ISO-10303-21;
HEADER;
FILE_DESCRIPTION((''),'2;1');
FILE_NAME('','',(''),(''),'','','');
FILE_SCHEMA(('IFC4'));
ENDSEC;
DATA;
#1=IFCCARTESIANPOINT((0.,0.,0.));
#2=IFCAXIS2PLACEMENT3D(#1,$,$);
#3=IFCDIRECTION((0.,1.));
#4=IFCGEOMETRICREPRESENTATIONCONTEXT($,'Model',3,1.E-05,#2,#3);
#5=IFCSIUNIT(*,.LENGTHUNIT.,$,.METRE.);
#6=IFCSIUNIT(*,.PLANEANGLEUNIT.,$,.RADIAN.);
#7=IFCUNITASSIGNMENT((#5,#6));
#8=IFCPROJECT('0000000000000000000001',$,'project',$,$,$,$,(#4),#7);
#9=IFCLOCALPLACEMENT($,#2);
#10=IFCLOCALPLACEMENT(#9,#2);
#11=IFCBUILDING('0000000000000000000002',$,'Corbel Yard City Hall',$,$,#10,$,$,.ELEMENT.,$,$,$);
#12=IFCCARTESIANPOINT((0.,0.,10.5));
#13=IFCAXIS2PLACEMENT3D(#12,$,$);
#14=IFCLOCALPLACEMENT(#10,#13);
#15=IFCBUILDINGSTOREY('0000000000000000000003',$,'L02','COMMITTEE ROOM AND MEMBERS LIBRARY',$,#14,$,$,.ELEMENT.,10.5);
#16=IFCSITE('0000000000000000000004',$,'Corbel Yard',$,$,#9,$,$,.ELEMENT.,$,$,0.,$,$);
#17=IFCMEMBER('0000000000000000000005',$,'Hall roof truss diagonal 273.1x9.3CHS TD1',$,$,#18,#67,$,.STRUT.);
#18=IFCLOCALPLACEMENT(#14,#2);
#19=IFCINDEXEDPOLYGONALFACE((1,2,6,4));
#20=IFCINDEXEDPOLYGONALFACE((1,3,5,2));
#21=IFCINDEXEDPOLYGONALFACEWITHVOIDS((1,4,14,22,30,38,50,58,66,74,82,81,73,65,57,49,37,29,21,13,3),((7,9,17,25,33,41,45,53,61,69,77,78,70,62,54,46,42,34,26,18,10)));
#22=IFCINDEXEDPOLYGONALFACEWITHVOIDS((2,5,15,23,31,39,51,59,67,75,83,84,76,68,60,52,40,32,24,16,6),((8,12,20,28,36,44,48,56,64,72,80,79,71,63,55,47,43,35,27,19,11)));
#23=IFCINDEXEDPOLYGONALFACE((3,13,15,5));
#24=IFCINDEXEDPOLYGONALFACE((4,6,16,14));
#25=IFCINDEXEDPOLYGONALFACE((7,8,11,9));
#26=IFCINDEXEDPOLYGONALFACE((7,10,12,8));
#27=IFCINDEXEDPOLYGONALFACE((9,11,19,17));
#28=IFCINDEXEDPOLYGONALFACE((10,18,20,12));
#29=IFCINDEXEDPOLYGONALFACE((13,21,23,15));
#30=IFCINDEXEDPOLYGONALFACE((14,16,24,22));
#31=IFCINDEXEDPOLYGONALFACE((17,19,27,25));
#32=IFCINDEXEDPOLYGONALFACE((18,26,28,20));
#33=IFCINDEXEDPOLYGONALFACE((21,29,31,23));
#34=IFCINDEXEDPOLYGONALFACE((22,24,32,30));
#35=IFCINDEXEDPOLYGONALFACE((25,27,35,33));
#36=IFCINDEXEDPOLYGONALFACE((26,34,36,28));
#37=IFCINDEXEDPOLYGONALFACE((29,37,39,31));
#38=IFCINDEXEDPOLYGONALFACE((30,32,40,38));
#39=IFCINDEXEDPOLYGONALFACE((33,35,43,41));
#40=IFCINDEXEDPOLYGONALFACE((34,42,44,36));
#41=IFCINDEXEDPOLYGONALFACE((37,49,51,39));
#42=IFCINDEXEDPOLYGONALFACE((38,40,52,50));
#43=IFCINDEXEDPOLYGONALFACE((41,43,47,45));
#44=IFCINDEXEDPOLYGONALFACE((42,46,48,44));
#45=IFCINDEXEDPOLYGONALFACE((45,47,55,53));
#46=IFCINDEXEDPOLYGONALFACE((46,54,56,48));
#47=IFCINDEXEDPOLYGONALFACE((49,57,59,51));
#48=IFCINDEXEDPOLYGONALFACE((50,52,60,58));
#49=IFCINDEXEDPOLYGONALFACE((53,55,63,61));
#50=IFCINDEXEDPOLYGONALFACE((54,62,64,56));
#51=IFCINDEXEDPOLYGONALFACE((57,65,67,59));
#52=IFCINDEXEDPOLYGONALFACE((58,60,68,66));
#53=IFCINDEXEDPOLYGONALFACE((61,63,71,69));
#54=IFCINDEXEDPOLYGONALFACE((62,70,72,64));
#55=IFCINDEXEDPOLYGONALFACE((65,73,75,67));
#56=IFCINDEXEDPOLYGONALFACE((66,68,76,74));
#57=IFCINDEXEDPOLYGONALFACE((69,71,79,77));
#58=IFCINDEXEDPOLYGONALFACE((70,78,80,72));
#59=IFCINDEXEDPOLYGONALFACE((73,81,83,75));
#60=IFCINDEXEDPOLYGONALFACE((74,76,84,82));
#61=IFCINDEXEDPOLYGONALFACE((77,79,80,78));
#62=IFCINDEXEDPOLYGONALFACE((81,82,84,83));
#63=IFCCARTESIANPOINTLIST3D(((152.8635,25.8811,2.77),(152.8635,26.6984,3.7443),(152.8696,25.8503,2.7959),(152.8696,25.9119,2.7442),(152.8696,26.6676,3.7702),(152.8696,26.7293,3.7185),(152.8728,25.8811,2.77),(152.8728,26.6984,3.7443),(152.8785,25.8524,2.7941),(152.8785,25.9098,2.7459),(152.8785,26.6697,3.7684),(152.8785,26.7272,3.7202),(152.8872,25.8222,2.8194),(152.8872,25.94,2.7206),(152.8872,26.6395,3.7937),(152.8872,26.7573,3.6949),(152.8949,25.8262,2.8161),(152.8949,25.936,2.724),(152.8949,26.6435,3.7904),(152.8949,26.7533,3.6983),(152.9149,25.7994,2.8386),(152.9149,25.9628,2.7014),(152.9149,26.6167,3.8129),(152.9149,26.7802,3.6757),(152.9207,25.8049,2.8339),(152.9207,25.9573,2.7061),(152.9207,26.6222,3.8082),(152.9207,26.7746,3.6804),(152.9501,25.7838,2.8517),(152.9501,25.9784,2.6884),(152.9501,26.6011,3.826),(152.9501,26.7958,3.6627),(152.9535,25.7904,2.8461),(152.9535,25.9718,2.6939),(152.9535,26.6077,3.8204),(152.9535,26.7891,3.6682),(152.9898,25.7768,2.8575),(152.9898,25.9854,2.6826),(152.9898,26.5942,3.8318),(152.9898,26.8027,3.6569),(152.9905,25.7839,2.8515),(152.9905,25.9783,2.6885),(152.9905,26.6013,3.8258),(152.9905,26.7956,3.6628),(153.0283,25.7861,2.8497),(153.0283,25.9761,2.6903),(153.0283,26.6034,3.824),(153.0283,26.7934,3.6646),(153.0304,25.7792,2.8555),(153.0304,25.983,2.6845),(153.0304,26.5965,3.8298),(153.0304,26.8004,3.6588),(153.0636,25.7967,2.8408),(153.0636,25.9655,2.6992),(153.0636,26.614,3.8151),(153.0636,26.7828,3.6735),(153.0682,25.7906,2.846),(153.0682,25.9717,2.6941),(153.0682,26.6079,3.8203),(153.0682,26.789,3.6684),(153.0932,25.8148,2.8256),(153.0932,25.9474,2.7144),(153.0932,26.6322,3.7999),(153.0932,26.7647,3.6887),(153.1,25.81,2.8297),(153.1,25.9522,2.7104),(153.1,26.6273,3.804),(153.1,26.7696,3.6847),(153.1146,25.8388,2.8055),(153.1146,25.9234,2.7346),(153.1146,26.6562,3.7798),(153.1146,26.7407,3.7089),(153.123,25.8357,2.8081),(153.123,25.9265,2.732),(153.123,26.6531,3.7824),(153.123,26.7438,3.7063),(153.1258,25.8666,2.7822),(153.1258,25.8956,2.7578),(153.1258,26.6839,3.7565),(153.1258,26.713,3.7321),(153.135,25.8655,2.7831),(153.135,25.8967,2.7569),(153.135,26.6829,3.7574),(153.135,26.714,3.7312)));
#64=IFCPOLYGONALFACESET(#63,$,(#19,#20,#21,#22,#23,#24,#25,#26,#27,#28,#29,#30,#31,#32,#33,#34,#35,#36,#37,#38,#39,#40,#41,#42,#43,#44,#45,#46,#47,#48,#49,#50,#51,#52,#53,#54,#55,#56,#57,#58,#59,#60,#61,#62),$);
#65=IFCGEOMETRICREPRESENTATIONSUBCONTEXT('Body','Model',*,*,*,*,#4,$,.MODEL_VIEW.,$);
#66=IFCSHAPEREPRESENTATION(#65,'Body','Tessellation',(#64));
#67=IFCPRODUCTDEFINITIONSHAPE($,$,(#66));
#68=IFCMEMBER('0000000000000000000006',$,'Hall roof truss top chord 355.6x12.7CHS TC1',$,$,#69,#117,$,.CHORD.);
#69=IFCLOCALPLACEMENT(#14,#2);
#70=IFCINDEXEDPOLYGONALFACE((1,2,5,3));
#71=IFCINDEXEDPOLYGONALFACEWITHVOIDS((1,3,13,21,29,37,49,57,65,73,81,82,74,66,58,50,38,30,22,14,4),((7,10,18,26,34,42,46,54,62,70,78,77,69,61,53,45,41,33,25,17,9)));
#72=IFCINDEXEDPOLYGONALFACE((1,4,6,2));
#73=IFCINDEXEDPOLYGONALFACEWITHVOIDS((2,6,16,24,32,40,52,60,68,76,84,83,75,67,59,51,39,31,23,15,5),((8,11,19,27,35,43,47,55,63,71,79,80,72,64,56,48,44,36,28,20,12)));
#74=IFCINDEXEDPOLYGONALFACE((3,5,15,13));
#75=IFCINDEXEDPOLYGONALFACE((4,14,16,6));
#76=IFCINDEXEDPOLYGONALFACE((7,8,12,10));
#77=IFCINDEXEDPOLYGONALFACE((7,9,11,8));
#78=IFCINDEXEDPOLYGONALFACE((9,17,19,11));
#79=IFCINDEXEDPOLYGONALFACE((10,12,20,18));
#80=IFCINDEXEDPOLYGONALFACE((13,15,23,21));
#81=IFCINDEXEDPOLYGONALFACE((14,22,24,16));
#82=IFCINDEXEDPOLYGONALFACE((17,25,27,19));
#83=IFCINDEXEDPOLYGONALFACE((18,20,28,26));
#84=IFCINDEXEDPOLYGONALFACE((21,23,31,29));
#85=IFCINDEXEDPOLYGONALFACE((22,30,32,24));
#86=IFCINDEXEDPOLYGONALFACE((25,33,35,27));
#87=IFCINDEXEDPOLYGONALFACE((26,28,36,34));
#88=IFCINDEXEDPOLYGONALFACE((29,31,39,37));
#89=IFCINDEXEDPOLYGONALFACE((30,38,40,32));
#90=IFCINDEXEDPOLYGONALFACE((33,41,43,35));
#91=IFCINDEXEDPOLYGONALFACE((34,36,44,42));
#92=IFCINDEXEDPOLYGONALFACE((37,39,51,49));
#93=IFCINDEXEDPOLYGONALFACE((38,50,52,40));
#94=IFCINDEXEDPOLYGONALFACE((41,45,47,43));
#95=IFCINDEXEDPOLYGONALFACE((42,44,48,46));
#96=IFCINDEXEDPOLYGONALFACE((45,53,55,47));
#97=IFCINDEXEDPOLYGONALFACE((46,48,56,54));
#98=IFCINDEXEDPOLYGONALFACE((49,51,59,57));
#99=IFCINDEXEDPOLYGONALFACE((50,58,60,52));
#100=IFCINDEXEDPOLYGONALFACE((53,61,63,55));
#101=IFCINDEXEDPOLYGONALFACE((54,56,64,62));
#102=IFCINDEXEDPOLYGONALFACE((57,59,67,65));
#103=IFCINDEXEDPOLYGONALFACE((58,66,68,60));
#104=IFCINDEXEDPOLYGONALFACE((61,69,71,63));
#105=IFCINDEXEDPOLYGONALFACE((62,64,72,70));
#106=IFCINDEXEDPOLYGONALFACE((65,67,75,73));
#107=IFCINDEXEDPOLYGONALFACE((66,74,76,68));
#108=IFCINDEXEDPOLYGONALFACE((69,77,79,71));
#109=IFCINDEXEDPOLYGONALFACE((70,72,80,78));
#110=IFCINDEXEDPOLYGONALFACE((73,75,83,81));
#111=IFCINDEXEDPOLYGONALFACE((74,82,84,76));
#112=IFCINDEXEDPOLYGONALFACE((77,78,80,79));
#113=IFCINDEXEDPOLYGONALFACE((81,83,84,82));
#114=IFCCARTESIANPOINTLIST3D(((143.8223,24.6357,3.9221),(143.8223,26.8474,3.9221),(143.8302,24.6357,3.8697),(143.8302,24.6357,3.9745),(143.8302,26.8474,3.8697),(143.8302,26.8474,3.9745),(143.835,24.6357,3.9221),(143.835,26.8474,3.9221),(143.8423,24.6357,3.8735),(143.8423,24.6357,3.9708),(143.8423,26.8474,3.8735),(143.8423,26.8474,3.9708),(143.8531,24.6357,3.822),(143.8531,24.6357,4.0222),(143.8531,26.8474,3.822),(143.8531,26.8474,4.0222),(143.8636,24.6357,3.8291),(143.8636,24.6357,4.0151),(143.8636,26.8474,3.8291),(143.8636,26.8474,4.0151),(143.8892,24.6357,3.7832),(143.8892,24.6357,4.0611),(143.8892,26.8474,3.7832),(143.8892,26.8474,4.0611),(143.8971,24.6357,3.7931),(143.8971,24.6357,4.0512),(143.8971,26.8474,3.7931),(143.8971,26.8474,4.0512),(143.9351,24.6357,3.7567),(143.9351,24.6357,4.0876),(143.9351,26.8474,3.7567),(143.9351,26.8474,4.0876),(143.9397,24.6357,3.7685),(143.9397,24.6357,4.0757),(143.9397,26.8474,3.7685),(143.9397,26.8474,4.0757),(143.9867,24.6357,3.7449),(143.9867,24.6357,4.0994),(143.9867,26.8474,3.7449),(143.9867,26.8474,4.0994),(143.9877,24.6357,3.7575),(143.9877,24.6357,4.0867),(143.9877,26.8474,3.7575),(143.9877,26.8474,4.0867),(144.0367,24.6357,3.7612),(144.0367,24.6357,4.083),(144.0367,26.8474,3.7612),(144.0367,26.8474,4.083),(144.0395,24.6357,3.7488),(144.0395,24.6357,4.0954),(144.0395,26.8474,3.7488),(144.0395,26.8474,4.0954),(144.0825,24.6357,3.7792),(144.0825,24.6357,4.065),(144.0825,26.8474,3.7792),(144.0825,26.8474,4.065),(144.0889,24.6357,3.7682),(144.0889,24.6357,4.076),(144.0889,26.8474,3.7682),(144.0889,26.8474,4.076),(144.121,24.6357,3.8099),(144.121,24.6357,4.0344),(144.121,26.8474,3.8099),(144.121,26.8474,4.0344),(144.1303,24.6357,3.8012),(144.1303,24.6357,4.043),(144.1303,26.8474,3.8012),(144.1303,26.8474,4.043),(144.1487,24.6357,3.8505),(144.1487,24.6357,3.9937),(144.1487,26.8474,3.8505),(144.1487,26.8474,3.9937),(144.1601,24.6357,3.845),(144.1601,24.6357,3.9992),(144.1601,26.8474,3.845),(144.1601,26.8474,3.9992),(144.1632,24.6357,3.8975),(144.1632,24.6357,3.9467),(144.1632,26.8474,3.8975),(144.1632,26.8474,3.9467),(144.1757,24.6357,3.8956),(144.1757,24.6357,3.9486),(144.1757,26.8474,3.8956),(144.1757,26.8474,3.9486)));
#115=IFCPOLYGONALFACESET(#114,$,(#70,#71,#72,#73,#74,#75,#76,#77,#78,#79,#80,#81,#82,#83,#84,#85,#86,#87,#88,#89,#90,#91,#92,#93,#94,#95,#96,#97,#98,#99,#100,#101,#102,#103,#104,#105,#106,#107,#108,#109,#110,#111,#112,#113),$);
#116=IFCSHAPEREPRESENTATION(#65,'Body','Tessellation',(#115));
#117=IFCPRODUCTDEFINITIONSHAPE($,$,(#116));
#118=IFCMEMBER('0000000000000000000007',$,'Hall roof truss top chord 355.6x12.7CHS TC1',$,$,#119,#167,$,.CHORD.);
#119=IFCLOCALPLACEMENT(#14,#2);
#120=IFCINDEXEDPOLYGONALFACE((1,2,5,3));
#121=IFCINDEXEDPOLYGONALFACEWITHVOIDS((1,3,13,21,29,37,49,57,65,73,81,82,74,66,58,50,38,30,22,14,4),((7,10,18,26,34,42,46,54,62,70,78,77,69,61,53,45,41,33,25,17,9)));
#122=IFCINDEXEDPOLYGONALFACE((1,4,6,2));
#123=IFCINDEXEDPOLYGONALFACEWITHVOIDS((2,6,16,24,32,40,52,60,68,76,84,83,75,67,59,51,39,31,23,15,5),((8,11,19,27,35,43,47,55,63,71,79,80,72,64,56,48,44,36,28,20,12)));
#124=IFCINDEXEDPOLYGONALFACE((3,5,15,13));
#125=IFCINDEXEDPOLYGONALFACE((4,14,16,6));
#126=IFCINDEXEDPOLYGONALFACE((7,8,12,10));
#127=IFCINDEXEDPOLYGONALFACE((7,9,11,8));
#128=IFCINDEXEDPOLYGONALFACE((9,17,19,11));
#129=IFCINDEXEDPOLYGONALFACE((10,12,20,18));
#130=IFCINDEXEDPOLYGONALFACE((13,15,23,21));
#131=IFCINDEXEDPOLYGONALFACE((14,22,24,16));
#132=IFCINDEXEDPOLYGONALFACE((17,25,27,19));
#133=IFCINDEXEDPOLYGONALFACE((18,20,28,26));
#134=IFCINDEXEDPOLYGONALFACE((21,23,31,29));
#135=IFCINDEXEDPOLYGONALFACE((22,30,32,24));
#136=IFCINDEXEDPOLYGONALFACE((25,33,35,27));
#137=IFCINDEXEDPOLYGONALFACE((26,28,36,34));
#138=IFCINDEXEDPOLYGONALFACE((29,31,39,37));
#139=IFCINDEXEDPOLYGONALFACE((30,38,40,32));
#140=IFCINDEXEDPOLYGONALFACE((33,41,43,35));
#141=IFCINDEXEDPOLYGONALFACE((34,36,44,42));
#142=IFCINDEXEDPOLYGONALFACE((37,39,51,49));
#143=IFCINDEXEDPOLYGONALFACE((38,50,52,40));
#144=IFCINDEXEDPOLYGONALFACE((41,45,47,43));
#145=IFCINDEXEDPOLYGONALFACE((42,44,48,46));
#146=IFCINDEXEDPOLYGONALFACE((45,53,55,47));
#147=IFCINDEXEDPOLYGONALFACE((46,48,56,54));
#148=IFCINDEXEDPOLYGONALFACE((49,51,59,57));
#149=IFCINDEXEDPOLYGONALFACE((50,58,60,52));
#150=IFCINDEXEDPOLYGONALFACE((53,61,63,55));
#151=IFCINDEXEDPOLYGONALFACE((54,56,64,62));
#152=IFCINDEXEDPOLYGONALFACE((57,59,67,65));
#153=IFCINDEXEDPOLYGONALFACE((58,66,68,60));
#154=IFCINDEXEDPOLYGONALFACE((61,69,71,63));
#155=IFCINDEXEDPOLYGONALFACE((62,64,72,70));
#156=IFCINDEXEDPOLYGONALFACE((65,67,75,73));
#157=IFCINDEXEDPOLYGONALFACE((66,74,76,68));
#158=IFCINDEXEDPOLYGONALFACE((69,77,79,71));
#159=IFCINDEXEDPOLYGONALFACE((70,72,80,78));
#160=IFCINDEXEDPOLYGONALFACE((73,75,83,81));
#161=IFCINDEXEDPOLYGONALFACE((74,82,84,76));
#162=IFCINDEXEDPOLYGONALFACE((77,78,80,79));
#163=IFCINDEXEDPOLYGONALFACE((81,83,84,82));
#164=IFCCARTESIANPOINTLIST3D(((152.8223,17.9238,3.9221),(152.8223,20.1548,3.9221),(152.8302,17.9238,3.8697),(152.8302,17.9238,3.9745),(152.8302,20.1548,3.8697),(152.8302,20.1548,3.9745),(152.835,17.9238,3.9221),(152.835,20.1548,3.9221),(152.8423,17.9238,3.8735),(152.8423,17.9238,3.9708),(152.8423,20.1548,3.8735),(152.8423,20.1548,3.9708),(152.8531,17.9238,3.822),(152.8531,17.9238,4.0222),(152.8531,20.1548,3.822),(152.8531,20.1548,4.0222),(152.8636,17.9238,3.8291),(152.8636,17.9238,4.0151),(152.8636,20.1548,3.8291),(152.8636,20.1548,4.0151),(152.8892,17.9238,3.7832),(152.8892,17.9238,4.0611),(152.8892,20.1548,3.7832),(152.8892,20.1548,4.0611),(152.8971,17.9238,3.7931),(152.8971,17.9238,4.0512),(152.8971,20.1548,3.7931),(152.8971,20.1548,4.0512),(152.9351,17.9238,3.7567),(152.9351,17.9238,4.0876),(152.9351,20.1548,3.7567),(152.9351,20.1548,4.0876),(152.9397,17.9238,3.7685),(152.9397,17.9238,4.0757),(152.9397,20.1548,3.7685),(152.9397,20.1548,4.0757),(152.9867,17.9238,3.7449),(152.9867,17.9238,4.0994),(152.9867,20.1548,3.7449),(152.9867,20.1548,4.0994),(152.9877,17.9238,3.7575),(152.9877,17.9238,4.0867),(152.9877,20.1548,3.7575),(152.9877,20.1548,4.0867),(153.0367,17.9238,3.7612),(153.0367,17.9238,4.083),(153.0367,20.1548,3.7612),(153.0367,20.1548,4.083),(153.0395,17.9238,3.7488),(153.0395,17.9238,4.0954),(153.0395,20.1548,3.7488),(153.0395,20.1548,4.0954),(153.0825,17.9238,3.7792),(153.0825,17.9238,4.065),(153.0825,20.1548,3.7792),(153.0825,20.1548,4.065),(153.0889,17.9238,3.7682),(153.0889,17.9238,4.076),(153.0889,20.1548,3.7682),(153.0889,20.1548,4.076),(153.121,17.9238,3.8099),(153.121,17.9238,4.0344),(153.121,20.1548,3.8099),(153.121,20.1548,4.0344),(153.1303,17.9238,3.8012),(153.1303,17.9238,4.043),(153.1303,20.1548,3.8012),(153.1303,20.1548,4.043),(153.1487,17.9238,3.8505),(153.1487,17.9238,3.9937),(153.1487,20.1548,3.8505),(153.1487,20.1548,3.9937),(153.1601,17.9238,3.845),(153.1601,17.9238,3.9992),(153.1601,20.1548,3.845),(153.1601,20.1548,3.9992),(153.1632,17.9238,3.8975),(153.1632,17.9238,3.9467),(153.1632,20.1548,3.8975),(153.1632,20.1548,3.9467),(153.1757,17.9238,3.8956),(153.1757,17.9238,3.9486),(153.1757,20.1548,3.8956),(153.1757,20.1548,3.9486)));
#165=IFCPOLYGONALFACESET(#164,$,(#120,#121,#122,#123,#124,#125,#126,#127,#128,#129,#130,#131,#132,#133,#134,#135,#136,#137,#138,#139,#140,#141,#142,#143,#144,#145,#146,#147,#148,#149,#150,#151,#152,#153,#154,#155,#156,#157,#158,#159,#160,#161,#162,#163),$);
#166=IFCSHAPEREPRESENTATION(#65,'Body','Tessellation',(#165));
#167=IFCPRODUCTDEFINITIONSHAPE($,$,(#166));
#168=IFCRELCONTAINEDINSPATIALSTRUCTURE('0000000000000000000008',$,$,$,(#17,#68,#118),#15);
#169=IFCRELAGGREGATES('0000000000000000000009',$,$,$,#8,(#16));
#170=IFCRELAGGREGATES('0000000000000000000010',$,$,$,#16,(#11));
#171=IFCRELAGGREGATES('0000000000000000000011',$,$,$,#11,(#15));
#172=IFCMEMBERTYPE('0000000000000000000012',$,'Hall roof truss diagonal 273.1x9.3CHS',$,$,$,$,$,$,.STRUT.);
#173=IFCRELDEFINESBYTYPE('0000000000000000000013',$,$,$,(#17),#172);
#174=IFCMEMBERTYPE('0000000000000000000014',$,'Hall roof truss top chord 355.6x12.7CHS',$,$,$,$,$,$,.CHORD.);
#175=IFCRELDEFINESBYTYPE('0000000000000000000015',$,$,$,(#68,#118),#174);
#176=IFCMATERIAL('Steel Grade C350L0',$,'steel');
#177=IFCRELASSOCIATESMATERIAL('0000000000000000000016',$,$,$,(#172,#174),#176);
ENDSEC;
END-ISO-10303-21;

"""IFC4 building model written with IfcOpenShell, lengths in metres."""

from ifc_helpers import new_model, si_unit, direction, frame, origin, origin_2d, place, context, subcontext, project, spatial, hollow_circle, extrude, material, material_profile, profile_set, type_object, element, save


model = new_model("IFC4")

# Units and contexts
model_context = context("Model", 3, precision=1e-05, world=origin(), true_north=direction((0.0, 1.0)))
body_context = subcontext(model_context, "Body", "Model", "MODEL_VIEW")
ifc_project = project(units=[si_unit("LENGTHUNIT", "METRE"), si_unit("PLANEANGLEUNIT", "RADIAN")], contexts=[model_context])

# Site, building, storey
site_placement = place(None, origin())
site = spatial("IfcSite", under=ifc_project, at=site_placement, Name="Corbel Yard", CompositionType="ELEMENT", RefElevation=0.0)
building_placement = place(site_placement, origin())
building = spatial("IfcBuilding", under=site, at=building_placement, Name="Corbel Yard City Hall", CompositionType="ELEMENT")
storey_placement = place(building_placement, frame((0.0, 0.0, 10.5)))
storey = spatial("IfcBuildingStorey", under=building, at=storey_placement, Name="L02", Description="COMMITTEE ROOM AND MEMBERS LIBRARY", CompositionType="ELEMENT", Elevation=10.5)

# Members
ifc_material_1 = material(Name="Steel Grade C350L0", Category="steel")
ifc_material_profile_1 = material_profile(ifc_material_1, hollow_circle(Radius=0.1365, WallThickness=0.0093, at=origin_2d()), Name="273.1x9.3CHS")
ifc_profile_set_1 = profile_set([ifc_material_profile_1], Name="Steel Grade C350L0")
member_type_1 = type_object("IfcMemberType", Name="Hall roof truss diagonal 273.1x9.3CHS", PredefinedType="STRUT", material=ifc_profile_set_1)
for number, where, z_axis, x_axis, name in (
    (1, (153.0, 25.8811, 2.77), (0.0, 0.642692, 0.766124), (-1.0, 0.0, 0.0), "Hall roof truss diagonal 273.1x9.3CHS TD1"),
):
    element("IfcMember", number, at=place(storey_placement, frame(where, z_axis=z_axis, x_axis=x_axis)), inside=storey, type_object=member_type_1, Name=name, PredefinedType="STRUT", context=body_context, shape_type="SweptSolid", body=[
        extrude(hollow_circle(Radius=0.1365, WallThickness=0.0093, at=origin_2d()), origin(), (0.0, 0.0, 1.0), 1.2717),
    ])
ifc_material_profile_2 = material_profile(ifc_material_1, hollow_circle(Radius=0.1777, WallThickness=0.0127, at=origin_2d()), Name="355.6x12.7CHS")
ifc_profile_set_2 = profile_set([ifc_material_profile_2], Name="Steel Grade C350L0")
member_type_2 = type_object("IfcMemberType", Name="Hall roof truss top chord 355.6x12.7CHS", PredefinedType="CHORD", material=ifc_profile_set_2)
member_1_placement = place(storey_placement, frame((144.0, 24.6357, 3.9221), z_axis=(0.0, 1.0, 0.0), x_axis=(-1.0, 0.0, 0.0)))
element("IfcMember", 2, at=member_1_placement, inside=storey, type_object=member_type_2, Name="Hall roof truss top chord 355.6x12.7CHS TC1", PredefinedType="CHORD", context=body_context, shape_type="SweptSolid", body=[
    extrude(hollow_circle(Radius=0.1777, WallThickness=0.0127, at=origin_2d()), origin(), (0.0, 0.0, 1.0), 2.2117),
])
for number, where, z_axis, x_axis, name in (
    (3, (153.0, 17.9238, 3.9221), (0.0, 1.0, 0.0), (-1.0, 0.0, 0.0), "Hall roof truss top chord 355.6x12.7CHS TC1"),
):
    element("IfcMember", number, at=place(storey_placement, frame(where, z_axis=z_axis, x_axis=x_axis)), inside=storey, type_object=member_type_2, Name=name, PredefinedType="CHORD", context=body_context, shape_type="SweptSolid", body=[
        extrude(hollow_circle(Radius=0.1777, WallThickness=0.0127, at=origin_2d()), origin(), (0.0, 0.0, 1.0), 2.231),
    ])

save(model, "model.ifc")
